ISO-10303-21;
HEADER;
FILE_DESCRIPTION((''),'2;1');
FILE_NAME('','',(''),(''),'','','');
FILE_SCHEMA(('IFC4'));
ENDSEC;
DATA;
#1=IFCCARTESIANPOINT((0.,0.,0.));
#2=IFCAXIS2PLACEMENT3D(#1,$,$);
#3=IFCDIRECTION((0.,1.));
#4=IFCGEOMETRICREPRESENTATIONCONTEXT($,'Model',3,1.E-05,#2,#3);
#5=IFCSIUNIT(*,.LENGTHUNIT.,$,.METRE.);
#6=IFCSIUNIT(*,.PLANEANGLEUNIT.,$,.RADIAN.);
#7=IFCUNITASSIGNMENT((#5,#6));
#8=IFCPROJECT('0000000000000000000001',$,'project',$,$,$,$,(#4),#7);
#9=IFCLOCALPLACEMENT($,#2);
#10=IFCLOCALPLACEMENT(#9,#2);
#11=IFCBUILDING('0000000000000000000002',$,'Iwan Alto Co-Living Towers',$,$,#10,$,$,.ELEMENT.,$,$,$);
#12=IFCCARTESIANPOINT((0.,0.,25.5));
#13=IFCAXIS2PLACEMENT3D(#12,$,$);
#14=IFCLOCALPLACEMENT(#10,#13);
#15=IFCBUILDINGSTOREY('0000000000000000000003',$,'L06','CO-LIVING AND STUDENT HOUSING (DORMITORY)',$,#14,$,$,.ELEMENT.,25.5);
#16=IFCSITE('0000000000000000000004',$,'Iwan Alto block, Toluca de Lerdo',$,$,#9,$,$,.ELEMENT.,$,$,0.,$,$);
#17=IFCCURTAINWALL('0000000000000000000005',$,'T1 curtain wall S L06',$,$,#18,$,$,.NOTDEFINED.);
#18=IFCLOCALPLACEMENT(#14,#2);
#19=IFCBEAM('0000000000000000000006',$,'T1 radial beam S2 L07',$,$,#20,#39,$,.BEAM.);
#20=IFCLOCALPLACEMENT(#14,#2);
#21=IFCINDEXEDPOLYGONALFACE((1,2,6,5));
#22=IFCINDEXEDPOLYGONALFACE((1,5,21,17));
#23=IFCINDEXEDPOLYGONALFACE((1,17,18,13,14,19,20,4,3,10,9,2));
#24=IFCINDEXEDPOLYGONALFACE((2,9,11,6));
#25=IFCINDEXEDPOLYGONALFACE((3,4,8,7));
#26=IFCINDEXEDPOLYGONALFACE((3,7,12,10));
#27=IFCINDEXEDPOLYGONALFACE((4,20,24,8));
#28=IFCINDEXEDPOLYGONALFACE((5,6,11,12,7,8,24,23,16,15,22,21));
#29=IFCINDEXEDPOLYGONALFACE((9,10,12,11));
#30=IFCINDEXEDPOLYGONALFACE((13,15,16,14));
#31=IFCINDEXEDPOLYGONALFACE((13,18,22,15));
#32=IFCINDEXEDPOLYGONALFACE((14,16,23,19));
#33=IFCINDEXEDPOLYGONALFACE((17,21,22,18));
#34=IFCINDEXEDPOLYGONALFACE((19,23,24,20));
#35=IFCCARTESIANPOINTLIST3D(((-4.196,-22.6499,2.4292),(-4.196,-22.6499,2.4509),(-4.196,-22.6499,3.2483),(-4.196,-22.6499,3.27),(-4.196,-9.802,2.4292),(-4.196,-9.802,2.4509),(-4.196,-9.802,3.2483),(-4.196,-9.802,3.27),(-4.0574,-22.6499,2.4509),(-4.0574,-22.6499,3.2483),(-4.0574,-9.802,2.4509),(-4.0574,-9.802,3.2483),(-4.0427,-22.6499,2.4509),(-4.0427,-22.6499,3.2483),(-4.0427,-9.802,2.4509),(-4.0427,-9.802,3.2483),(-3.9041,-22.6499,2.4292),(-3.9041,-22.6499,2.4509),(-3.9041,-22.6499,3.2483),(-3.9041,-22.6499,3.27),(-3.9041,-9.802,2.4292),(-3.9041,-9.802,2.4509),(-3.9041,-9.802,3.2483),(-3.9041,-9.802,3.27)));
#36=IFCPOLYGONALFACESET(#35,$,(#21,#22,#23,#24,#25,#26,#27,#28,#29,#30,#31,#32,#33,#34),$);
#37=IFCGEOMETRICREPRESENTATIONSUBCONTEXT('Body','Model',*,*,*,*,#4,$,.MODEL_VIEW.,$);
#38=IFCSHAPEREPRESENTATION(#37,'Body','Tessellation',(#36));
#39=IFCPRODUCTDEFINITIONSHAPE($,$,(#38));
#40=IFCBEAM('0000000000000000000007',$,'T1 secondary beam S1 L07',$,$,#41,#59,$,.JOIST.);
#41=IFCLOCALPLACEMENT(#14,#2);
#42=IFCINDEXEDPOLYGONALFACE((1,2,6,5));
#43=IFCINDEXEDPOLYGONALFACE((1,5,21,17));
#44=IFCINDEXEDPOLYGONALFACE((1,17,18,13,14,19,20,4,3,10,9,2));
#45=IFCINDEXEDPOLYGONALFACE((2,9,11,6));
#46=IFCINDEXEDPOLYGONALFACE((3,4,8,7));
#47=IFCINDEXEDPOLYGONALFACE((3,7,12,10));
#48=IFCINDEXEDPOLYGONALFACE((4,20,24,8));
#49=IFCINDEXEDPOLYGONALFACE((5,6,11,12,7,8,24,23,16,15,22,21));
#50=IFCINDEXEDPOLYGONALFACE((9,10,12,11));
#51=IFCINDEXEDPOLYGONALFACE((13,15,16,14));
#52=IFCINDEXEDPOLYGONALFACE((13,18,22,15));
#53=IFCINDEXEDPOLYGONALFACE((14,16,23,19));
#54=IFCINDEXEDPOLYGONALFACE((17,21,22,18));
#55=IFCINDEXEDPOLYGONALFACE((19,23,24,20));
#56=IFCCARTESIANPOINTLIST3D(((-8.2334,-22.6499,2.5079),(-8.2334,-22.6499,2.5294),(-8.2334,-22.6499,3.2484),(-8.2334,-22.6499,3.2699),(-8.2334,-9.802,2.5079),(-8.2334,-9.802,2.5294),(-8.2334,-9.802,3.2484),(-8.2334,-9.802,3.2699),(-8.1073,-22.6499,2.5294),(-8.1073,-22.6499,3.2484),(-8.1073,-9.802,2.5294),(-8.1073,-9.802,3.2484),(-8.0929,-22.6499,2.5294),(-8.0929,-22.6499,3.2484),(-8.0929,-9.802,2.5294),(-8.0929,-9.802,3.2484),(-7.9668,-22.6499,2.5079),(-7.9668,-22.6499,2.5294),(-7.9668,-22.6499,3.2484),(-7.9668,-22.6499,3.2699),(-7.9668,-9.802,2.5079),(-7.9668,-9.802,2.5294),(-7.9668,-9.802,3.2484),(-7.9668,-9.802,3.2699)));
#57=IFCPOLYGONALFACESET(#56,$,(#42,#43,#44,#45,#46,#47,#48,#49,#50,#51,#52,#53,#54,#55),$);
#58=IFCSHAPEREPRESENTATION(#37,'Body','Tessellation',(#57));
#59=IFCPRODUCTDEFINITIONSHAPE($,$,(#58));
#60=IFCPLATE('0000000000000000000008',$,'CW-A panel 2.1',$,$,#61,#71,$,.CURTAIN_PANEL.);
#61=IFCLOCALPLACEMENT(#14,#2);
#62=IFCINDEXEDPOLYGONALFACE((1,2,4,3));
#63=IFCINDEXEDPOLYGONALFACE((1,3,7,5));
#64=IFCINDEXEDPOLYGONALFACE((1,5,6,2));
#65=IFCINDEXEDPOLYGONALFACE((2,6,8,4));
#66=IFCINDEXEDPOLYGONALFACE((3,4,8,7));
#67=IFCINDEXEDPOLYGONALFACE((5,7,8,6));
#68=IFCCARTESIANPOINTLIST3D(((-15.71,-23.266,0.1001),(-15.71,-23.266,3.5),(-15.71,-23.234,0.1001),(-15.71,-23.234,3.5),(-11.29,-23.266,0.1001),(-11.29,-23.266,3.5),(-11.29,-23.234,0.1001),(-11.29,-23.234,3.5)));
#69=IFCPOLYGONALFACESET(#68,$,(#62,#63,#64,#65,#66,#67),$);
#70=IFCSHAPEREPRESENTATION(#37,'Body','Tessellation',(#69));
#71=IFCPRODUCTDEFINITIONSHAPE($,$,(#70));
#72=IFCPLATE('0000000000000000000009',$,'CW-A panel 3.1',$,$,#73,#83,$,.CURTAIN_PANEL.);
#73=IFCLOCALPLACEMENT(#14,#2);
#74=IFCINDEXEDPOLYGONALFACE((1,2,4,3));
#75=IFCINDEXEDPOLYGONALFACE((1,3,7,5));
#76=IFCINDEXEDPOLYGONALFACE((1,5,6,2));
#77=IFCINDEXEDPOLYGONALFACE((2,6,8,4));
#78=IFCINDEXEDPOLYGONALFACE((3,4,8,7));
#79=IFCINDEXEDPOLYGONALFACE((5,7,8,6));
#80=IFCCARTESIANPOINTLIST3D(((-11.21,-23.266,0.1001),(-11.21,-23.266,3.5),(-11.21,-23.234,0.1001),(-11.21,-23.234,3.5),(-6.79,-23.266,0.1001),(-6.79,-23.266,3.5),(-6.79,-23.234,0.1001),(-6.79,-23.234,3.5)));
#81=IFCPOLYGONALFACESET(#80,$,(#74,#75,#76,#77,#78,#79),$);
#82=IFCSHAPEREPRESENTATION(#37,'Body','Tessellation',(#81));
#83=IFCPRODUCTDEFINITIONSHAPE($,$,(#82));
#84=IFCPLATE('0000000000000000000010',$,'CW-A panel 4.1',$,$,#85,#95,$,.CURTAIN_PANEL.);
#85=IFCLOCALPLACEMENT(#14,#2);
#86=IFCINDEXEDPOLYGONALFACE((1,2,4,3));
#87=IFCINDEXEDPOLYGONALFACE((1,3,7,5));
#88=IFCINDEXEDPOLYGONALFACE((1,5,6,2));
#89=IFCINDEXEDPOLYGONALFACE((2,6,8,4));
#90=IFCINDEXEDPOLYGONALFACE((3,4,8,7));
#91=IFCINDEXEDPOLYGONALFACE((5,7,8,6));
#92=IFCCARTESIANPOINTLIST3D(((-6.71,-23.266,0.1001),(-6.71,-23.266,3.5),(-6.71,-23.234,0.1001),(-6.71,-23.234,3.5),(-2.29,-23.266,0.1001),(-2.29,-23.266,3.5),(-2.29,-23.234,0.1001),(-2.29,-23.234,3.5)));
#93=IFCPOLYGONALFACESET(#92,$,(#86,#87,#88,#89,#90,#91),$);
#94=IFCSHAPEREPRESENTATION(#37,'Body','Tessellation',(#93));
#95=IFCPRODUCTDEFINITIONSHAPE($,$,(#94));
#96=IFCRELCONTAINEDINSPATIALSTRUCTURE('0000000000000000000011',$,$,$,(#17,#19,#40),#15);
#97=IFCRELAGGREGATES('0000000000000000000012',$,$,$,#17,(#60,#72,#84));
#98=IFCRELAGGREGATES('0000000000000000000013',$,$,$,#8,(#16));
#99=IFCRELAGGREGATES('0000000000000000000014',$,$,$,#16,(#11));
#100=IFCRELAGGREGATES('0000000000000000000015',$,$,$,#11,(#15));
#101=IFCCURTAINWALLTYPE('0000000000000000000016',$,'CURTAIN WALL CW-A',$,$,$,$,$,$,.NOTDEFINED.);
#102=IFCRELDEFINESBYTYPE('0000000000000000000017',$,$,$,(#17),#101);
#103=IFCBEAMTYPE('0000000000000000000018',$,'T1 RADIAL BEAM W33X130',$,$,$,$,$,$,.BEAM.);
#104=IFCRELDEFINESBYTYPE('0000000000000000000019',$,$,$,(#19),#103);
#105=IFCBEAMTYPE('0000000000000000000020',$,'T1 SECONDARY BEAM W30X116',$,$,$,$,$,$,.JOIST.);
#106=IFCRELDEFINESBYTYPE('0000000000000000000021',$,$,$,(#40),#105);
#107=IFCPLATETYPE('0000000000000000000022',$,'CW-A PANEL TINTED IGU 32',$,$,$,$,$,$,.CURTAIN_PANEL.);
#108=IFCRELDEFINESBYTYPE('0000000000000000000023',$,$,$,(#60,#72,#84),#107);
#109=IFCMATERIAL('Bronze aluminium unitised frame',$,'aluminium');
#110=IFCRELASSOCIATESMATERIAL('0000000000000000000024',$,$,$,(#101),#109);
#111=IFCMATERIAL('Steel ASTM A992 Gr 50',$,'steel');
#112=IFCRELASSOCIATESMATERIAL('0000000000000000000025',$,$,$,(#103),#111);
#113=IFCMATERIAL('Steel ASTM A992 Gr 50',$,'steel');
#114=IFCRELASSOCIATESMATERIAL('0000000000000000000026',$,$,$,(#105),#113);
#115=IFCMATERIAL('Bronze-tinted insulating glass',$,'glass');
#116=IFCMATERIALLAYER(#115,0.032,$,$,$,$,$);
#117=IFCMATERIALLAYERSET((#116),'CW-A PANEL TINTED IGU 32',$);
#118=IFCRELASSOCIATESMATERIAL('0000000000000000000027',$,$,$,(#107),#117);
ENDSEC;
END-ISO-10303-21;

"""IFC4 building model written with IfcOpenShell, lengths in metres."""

from ifc_helpers import new_model, si_unit, direction, frame, origin, origin_2d, place, context, subcontext, project, spatial, rectangle, i_section, extrude, material, layer, layer_set, material_profile, profile_set, type_object, element, aggregate, save


model = new_model("IFC4")

# Units and contexts
model_context = context("Model", 3, precision=1e-05, world=origin(), true_north=direction((0.0, 1.0)))
body_context = subcontext(model_context, "Body", "Model", "MODEL_VIEW")
ifc_project = project(units=[si_unit("LENGTHUNIT", "METRE"), si_unit("PLANEANGLEUNIT", "RADIAN")], contexts=[model_context])

# Site, building, storey
site_placement = place(None, origin())
site = spatial("IfcSite", under=ifc_project, at=site_placement, Name="Iwan Alto block, Toluca de Lerdo", CompositionType="ELEMENT", RefElevation=0.0)
building_placement = place(site_placement, origin())
building = spatial("IfcBuilding", under=site, at=building_placement, Name="Iwan Alto Co-Living Towers", CompositionType="ELEMENT")
storey_placement = place(building_placement, frame((0.0, 0.0, 25.5)))
storey = spatial("IfcBuildingStorey", under=building, at=storey_placement, Name="L06", Description="CO-LIVING AND STUDENT HOUSING (DORMITORY)", CompositionType="ELEMENT", Elevation=25.5)

# Curtain wall
ifc_material_1 = material(Name="Bronze aluminium unitised frame", Category="aluminium")
curtain_wall_type = type_object("IfcCurtainWallType", Name="CURTAIN WALL CW-A", PredefinedType="NOTDEFINED", material=ifc_material_1)
curtain_wall_placement = place(storey_placement, origin())
curtain_wall = element("IfcCurtainWall", 1, at=curtain_wall_placement, inside=storey, type_object=curtain_wall_type, Name="T1 curtain wall S L06", PredefinedType="NOTDEFINED")

# Beams
ifc_material_2 = material(Name="Steel ASTM A992 Gr 50", Category="steel")
ifc_material_profile_1 = material_profile(ifc_material_2, i_section(OverallWidth=0.292, OverallDepth=0.8408, WebThickness=0.0146, FlangeThickness=0.0217, at=origin_2d()), Name="W33X130")
ifc_profile_set_1 = profile_set([ifc_material_profile_1], Name="Steel ASTM A992 Gr 50")
beam_type_1 = type_object("IfcBeamType", Name="T1 RADIAL BEAM W33X130", PredefinedType="BEAM", material=ifc_profile_set_1)
beam_1_placement = place(storey_placement, frame((-4.05, -22.6499, 2.8496), z_axis=(0.0, 1.0, 0.0), x_axis=(-1.0, 0.0, 0.0)))
element("IfcBeam", 2, at=beam_1_placement, inside=storey, type_object=beam_type_1, Name="T1 radial beam S2 L07", PredefinedType="BEAM", context=body_context, shape_type="SweptSolid", body=[
    extrude(i_section(OverallWidth=0.292, OverallDepth=0.8408, WebThickness=0.0146, FlangeThickness=0.0217, at=origin_2d()), origin(), (0.0, 0.0, 1.0), 12.8479),
])
ifc_material_3 = material(Name="Steel ASTM A992 Gr 50", Category="steel")
ifc_material_profile_2 = material_profile(ifc_material_3, i_section(OverallWidth=0.2666, OverallDepth=0.762, WebThickness=0.0144, FlangeThickness=0.0215, at=origin_2d()), Name="W30X116")
ifc_profile_set_2 = profile_set([ifc_material_profile_2], Name="Steel ASTM A992 Gr 50")
beam_type_2 = type_object("IfcBeamType", Name="T1 SECONDARY BEAM W30X116", PredefinedType="JOIST", material=ifc_profile_set_2)
beam_2_placement = place(storey_placement, frame((-8.1001, -22.6499, 2.8889), z_axis=(0.0, 1.0, 0.0), x_axis=(-1.0, 0.0, 0.0)))
element("IfcBeam", 3, at=beam_2_placement, inside=storey, type_object=beam_type_2, Name="T1 secondary beam S1 L07", PredefinedType="JOIST", context=body_context, shape_type="SweptSolid", body=[
    extrude(i_section(OverallWidth=0.2666, OverallDepth=0.762, WebThickness=0.0144, FlangeThickness=0.0215, at=origin_2d()), origin(), (0.0, 0.0, 1.0), 12.8479),
])

# Plates
ifc_material_4 = material(Name="Bronze-tinted insulating glass", Category="glass")
ifc_layer_1 = layer(ifc_material_4, 0.032)
ifc_layer_set_1 = layer_set([ifc_layer_1], Name="CW-A PANEL TINTED IGU 32")
plate_type = type_object("IfcPlateType", Name="CW-A PANEL TINTED IGU 32", PredefinedType="CURTAIN_PANEL", material=ifc_layer_set_1)
plate_1_placement = place(storey_placement, frame((-13.5, -23.25, 0.1001), z_axis=(0.0, 0.0, 1.0), x_axis=(1.0, 0.0, 0.0)))
plate_1 = element("IfcPlate", 4, at=plate_1_placement, type_object=plate_type, Name="CW-A panel 2.1", PredefinedType="CURTAIN_PANEL", context=body_context, shape_type="SweptSolid", body=[
    extrude(rectangle(XDim=4.4199, YDim=0.032, at=origin_2d()), origin(), (0.0, 0.0, 1.0), 3.3999),
])
plate_2_placement = place(storey_placement, frame((-9.0, -23.25, 0.1001), z_axis=(0.0, 0.0, 1.0), x_axis=(1.0, 0.0, 0.0)))
plate_2 = element("IfcPlate", 5, at=plate_2_placement, type_object=plate_type, Name="CW-A panel 3.1", PredefinedType="CURTAIN_PANEL", context=body_context, shape_type="SweptSolid", body=[
    extrude(rectangle(XDim=4.4199, YDim=0.032, at=origin_2d()), origin(), (0.0, 0.0, 1.0), 3.3999),
])
plate_3_placement = place(storey_placement, frame((-4.5, -23.25, 0.1001), z_axis=(0.0, 0.0, 1.0), x_axis=(1.0, 0.0, 0.0)))
plate_3 = element("IfcPlate", 6, at=plate_3_placement, type_object=plate_type, Name="CW-A panel 4.1", PredefinedType="CURTAIN_PANEL", context=body_context, shape_type="SweptSolid", body=[
    extrude(rectangle(XDim=4.4199, YDim=0.032, at=origin_2d()), origin(), (0.0, 0.0, 1.0), 3.3999),
])
aggregate(curtain_wall, [plate_1, plate_2, plate_3])

save(model, "model.ifc")
